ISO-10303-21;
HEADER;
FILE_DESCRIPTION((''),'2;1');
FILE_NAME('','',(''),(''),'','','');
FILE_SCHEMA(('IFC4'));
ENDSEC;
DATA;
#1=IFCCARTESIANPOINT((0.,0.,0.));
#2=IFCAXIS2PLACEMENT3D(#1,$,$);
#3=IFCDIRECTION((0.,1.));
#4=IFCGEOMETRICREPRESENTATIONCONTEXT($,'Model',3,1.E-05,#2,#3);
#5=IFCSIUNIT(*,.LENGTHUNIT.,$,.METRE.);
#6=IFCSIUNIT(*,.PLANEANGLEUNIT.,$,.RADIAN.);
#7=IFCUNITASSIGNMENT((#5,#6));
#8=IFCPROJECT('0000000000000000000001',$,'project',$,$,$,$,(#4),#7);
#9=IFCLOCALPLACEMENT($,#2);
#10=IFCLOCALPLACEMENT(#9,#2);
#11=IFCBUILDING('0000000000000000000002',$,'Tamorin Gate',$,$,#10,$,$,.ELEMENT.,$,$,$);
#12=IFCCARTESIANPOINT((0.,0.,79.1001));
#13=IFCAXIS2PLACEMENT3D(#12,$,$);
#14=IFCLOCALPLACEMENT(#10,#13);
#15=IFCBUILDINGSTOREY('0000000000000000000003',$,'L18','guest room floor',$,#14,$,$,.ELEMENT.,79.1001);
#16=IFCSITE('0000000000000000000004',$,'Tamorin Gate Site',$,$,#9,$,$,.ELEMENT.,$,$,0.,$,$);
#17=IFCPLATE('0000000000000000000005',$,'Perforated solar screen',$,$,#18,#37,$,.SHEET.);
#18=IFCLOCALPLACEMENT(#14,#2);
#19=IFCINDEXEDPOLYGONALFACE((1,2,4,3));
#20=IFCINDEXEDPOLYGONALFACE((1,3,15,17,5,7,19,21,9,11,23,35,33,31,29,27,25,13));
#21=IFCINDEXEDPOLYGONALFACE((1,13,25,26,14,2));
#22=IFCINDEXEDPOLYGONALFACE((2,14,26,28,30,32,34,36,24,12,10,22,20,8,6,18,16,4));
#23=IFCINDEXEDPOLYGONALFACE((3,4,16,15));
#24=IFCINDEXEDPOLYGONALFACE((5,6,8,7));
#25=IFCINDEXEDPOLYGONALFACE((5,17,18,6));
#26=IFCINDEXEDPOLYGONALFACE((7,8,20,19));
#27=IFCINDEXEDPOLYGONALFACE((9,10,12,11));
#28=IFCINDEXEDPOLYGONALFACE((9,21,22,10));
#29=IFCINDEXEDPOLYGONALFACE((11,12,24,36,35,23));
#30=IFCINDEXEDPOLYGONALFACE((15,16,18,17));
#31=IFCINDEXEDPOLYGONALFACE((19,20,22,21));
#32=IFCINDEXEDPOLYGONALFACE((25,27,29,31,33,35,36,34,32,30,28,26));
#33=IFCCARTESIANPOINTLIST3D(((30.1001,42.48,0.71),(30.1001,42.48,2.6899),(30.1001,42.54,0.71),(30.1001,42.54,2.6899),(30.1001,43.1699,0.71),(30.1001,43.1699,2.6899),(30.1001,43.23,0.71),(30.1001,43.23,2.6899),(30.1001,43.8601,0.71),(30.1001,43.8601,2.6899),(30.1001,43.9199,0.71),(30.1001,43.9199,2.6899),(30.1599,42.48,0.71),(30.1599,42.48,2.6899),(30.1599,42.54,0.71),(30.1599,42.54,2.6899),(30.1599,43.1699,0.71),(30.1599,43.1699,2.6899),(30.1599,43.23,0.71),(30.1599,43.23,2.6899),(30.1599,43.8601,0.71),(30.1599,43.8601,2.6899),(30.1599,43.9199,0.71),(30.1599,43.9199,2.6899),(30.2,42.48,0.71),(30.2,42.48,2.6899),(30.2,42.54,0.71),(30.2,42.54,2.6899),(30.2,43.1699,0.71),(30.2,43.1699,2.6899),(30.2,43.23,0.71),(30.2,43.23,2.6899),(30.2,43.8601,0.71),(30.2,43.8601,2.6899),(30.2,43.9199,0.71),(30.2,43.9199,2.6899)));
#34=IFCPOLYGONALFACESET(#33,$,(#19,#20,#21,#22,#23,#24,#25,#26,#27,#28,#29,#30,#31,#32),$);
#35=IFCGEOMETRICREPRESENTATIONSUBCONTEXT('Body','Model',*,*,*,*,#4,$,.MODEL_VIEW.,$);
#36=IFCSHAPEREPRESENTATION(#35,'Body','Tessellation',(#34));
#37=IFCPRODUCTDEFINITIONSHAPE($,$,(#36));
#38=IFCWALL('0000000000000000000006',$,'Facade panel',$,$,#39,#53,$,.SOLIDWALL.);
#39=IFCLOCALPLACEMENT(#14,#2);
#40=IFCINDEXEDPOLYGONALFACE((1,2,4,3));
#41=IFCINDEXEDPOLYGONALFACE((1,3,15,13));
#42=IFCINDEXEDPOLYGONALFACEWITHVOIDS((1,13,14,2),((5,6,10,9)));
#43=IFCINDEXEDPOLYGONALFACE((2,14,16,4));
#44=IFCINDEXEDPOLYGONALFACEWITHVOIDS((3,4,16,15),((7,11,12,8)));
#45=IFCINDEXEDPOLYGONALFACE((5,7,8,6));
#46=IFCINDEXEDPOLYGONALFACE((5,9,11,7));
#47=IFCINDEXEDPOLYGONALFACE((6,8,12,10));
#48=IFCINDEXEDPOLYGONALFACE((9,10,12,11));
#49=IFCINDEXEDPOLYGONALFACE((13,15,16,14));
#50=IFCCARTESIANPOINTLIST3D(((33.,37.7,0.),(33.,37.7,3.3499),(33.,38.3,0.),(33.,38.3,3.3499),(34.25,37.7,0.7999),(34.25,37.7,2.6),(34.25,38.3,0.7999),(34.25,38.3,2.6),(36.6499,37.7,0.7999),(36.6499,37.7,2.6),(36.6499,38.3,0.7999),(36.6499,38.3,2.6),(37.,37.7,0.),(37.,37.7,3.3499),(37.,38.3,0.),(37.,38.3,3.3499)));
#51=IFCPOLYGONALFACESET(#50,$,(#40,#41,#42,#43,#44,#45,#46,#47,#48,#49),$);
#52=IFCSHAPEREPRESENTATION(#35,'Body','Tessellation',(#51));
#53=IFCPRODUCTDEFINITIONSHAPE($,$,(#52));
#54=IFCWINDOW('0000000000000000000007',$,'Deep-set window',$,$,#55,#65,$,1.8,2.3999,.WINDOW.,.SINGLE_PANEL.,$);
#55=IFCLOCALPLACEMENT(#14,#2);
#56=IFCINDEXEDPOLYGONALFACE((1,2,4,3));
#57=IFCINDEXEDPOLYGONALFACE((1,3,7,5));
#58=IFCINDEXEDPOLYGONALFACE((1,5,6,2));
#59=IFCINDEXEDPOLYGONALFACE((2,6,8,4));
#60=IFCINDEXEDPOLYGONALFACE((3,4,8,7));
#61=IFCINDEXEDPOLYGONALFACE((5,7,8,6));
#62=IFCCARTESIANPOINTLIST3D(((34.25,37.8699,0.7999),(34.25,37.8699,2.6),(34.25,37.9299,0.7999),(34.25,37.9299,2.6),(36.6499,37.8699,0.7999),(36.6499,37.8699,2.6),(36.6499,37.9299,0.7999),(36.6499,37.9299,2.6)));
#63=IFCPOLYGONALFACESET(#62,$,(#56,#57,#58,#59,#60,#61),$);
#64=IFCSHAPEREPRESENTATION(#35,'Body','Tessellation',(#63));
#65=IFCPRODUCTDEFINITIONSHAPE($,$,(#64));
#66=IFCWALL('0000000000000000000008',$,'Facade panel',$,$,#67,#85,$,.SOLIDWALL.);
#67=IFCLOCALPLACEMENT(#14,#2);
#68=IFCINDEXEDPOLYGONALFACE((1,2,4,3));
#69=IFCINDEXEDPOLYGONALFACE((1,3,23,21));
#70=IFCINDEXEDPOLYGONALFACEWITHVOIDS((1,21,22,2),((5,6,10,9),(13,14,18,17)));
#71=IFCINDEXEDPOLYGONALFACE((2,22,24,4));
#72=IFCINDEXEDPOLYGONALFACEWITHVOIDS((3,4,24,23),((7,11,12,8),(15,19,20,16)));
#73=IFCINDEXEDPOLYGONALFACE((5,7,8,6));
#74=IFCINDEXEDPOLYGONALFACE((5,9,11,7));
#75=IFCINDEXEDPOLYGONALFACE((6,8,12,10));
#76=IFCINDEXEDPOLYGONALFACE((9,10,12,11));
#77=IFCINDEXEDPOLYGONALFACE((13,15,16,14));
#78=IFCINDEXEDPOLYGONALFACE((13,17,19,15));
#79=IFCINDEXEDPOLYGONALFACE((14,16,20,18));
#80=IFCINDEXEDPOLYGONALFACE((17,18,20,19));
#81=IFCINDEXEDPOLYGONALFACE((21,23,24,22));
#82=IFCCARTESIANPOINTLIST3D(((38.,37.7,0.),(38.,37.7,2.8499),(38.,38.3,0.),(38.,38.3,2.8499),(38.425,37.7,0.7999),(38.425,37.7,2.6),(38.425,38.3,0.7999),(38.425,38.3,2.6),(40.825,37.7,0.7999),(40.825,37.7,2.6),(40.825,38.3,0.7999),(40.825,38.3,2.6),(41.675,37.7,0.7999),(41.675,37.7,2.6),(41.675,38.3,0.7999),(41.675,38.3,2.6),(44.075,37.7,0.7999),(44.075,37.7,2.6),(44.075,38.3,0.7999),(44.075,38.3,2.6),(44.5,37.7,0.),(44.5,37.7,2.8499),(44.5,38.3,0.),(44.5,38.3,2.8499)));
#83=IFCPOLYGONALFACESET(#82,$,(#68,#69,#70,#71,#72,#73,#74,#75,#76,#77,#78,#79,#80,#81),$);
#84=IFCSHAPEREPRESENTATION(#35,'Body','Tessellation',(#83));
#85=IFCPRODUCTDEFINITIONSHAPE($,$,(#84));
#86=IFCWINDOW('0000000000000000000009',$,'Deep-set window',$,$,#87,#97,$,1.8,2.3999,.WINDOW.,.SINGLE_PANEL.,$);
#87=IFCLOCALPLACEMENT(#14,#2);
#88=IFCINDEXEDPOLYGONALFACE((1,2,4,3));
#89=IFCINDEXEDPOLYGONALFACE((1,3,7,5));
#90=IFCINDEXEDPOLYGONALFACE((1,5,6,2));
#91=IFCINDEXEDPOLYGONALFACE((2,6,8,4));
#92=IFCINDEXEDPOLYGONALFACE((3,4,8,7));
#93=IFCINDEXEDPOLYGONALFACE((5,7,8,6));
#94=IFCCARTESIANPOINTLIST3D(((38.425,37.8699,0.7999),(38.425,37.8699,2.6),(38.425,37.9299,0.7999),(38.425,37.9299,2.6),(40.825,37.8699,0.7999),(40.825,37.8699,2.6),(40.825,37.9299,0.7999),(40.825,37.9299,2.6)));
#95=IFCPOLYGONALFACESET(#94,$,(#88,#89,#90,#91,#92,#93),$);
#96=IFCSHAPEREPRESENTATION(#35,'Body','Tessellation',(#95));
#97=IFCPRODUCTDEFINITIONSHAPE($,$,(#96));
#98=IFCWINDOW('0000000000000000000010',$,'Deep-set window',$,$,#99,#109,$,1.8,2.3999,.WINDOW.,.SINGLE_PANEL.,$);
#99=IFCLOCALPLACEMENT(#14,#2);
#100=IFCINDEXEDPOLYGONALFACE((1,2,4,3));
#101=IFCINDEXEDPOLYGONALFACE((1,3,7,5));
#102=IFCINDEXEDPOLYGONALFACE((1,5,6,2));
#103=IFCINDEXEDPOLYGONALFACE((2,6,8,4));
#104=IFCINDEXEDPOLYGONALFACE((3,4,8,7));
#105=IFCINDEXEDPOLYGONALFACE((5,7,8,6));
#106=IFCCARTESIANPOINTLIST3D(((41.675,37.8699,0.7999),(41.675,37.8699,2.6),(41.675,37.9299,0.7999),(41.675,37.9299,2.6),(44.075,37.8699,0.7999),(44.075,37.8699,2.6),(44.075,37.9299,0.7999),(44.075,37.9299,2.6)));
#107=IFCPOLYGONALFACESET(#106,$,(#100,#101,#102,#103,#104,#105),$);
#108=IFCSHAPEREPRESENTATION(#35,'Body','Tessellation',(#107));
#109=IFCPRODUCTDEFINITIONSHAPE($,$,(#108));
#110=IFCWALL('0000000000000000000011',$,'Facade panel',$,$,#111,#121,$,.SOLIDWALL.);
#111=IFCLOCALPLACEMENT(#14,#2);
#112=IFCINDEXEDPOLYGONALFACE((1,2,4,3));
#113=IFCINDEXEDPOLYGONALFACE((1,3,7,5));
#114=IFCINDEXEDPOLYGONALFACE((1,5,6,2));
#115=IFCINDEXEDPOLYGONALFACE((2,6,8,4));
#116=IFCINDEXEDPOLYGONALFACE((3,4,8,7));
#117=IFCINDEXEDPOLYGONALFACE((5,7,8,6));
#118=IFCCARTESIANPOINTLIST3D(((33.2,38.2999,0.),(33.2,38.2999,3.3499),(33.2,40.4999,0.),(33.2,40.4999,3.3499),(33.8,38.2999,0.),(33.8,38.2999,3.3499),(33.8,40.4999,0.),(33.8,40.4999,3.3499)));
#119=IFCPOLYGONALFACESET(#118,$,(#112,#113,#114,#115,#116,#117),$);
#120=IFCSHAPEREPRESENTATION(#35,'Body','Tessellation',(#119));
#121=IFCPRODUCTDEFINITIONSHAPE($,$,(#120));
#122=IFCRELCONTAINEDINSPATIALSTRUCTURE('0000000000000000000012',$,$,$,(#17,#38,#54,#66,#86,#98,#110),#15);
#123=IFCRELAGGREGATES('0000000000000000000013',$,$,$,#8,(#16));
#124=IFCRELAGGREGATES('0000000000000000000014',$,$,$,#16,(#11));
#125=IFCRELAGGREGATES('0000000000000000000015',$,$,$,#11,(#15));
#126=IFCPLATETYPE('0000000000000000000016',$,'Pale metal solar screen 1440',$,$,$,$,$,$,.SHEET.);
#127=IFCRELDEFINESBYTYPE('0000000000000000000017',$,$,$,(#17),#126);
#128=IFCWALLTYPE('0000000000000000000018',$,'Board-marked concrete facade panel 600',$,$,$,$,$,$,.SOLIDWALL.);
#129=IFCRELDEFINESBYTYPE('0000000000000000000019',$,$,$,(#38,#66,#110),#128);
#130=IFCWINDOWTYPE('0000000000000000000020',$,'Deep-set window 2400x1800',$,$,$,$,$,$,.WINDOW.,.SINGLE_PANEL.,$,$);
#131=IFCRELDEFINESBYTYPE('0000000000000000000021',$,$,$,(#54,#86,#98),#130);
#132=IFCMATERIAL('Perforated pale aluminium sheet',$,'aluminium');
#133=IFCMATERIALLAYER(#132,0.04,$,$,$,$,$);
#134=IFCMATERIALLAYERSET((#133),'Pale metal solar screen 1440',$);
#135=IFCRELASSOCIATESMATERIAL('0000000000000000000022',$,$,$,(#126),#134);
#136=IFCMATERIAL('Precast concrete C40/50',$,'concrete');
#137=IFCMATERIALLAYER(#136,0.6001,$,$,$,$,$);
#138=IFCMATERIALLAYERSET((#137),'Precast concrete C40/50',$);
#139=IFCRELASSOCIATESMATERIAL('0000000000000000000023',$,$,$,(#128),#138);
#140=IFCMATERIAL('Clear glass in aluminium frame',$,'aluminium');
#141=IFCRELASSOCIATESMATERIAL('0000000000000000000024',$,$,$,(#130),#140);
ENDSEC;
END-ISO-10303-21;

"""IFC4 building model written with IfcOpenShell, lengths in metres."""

from ifc_helpers import new_model, si_unit, direction, frame, frame_2d, origin, place, context, subcontext, project, spatial, polyline, rectangle, outline, extrude, material, layer, layer_set, type_object, element, fill, save


model = new_model("IFC4")

# Units and contexts
model_context = context("Model", 3, precision=1e-05, world=origin(), true_north=direction((0.0, 1.0)))
body_context = subcontext(model_context, "Body", "Model", "MODEL_VIEW")
ifc_project = project(units=[si_unit("LENGTHUNIT", "METRE"), si_unit("PLANEANGLEUNIT", "RADIAN")], contexts=[model_context])

# Site, building, storey
site_placement = place(None, origin())
site = spatial("IfcSite", under=ifc_project, at=site_placement, Name="Tamorin Gate Site", CompositionType="ELEMENT", RefElevation=0.0)
building_placement = place(site_placement, origin())
building = spatial("IfcBuilding", under=site, at=building_placement, Name="Tamorin Gate", CompositionType="ELEMENT")
storey_placement = place(building_placement, frame((0.0, 0.0, 79.1001)))
storey = spatial("IfcBuildingStorey", under=building, at=storey_placement, Name="L18", Description="guest room floor", CompositionType="ELEMENT", Elevation=79.1001)

# Plate
ifc_material_1 = material(Name="Perforated pale aluminium sheet", Category="aluminium")
ifc_layer_1 = layer(ifc_material_1, 0.04)
ifc_layer_set_1 = layer_set([ifc_layer_1], Name="Pale metal solar screen 1440")
plate_type = type_object("IfcPlateType", Name="Pale metal solar screen 1440", PredefinedType="SHEET", material=ifc_layer_set_1)
plate_1_placement = place(storey_placement, frame((0.0, 0.0, 0.71)))
element("IfcPlate", 1, at=plate_1_placement, inside=storey, type_object=plate_type, Name="Perforated solar screen", PredefinedType="SHEET", context=body_context, shape_type="SweptSolid", body=[
    extrude(outline(polyline([(30.1599, 43.9199), (30.2, 43.9199), (30.2, 43.8601), (30.2, 43.23), (30.2, 43.1699), (30.2, 42.54), (30.2, 42.48), (30.1599, 42.48), (30.1001, 42.48), (30.1001, 42.54), (30.1599, 42.54), (30.1599, 43.1699), (30.1001, 43.1699), (30.1001, 43.23), (30.1599, 43.23), (30.1599, 43.8601), (30.1001, 43.8601), (30.1001, 43.9199), (30.1599, 43.9199)])), origin(), (0.0, 0.0, 1.0), 1.98),
])

# Wall, opening, window
ifc_material_2 = material(Name="Precast concrete C40/50", Category="concrete")
ifc_layer_2 = layer(ifc_material_2, 0.6001)
ifc_layer_set_2 = layer_set([ifc_layer_2], Name="Precast concrete C40/50")
wall_type = type_object("IfcWallType", Name="Board-marked concrete facade panel 600", PredefinedType="SOLIDWALL", material=ifc_layer_set_2)
wall_1_placement = place(storey_placement, frame((33.0, 38.0, 0.0), z_axis=(0.0, 0.0, 1.0), x_axis=(1.0, 0.0, 0.0)))
wall_1 = element("IfcWall", 2, at=wall_1_placement, inside=storey, type_object=wall_type, Name="Facade panel", PredefinedType="SOLIDWALL", context=body_context, shape_type="SweptSolid", body=[
    extrude(rectangle(XDim=4.0, YDim=0.6001, at=frame_2d((2.0, 0.0))), origin(), (0.0, 0.0, 1.0), 3.3499),
])
opening_1_placement = place(wall_1_placement, frame((1.25, 0.0, 0.8)))
opening_1 = element("IfcOpeningElement", 3, at=opening_1_placement, cuts=wall_1, PredefinedType="OPENING", context=body_context, shape_type="SweptSolid", body=[
    extrude(rectangle(XDim=2.3999, YDim=1.8, at=frame_2d((1.2, 0.8999))), frame((0.0, 0.3101, 0.0), z_axis=(0.0, -1.0, 0.0), x_axis=(1.0, 0.0, 0.0)), (0.0, 0.0, 1.0), 0.6201),
])
ifc_material_3 = material(Name="Clear glass in aluminium frame", Category="aluminium")
window_type = type_object("IfcWindowType", Name="Deep-set window 2400x1800", PartitioningType="SINGLE_PANEL", PredefinedType="WINDOW", material=ifc_material_3)
window_1_placement = place(opening_1_placement, origin())
window_1 = element("IfcWindow", 4, at=window_1_placement, inside=storey, type_object=window_type, Name="Deep-set window", OverallHeight=1.8, OverallWidth=2.3999, PartitioningType="SINGLE_PANEL", PredefinedType="WINDOW", context=body_context, shape_type="SweptSolid", body=[
    extrude(rectangle(XDim=2.3999, YDim=1.8, at=frame_2d((1.2, 0.8999))), frame((0.0, -0.0701, 0.0), z_axis=(0.0, -1.0, 0.0), x_axis=(1.0, 0.0, 0.0)), (0.0, 0.0, 1.0), 0.0601),
])
fill(opening_1, window_1)

# Wall, openings, windows
wall_2_placement = place(storey_placement, frame((38.0, 38.0, 0.0), z_axis=(0.0, 0.0, 1.0), x_axis=(1.0, 0.0, 0.0)))
wall_2 = element("IfcWall", 5, at=wall_2_placement, inside=storey, type_object=wall_type, Name="Facade panel", PredefinedType="SOLIDWALL", context=body_context, shape_type="SweptSolid", body=[
    extrude(rectangle(XDim=6.5, YDim=0.6001, at=frame_2d((3.25, 0.0))), origin(), (0.0, 0.0, 1.0), 2.8499),
])
opening_2_placement = place(wall_2_placement, frame((0.425, 0.0, 0.8)))
opening_2 = element("IfcOpeningElement", 6, at=opening_2_placement, cuts=wall_2, PredefinedType="OPENING", context=body_context, shape_type="SweptSolid", body=[
    extrude(rectangle(XDim=2.3999, YDim=1.8, at=frame_2d((1.2, 0.8999))), frame((0.0, 0.3101, 0.0), z_axis=(0.0, -1.0, 0.0), x_axis=(1.0, 0.0, 0.0)), (0.0, 0.0, 1.0), 0.6201),
])
opening_3_placement = place(wall_2_placement, frame((3.675, 0.0, 0.8)))
opening_3 = element("IfcOpeningElement", 7, at=opening_3_placement, cuts=wall_2, PredefinedType="OPENING", context=body_context, shape_type="SweptSolid", body=[
    extrude(rectangle(XDim=2.3999, YDim=1.8, at=frame_2d((1.2, 0.8999))), frame((0.0, 0.3101, 0.0), z_axis=(0.0, -1.0, 0.0), x_axis=(1.0, 0.0, 0.0)), (0.0, 0.0, 1.0), 0.6201),
])
window_2_placement = place(opening_2_placement, origin())
window_2 = element("IfcWindow", 8, at=window_2_placement, inside=storey, type_object=window_type, Name="Deep-set window", OverallHeight=1.8, OverallWidth=2.3999, PartitioningType="SINGLE_PANEL", PredefinedType="WINDOW", context=body_context, shape_type="SweptSolid", body=[
    extrude(rectangle(XDim=2.3999, YDim=1.8, at=frame_2d((1.2, 0.8999))), frame((0.0, -0.0701, 0.0), z_axis=(0.0, -1.0, 0.0), x_axis=(1.0, 0.0, 0.0)), (0.0, 0.0, 1.0), 0.0601),
])
fill(opening_2, window_2)
window_3_placement = place(opening_3_placement, origin())
window_3 = element("IfcWindow", 9, at=window_3_placement, inside=storey, type_object=window_type, Name="Deep-set window", OverallHeight=1.8, OverallWidth=2.3999, PartitioningType="SINGLE_PANEL", PredefinedType="WINDOW", context=body_context, shape_type="SweptSolid", body=[
    extrude(rectangle(XDim=2.3999, YDim=1.8, at=frame_2d((1.2, 0.8999))), frame((0.0, -0.0701, 0.0), z_axis=(0.0, -1.0, 0.0), x_axis=(1.0, 0.0, 0.0)), (0.0, 0.0, 1.0), 0.0601),
])
fill(opening_3, window_3)

# Wall
wall_3_placement = place(storey_placement, frame((33.5, 40.5, 0.0), z_axis=(0.0, 0.0, 1.0), x_axis=(0.0, -1.0, 0.0)))
element("IfcWall", 10, at=wall_3_placement, inside=storey, type_object=wall_type, Name="Facade panel", PredefinedType="SOLIDWALL", context=body_context, shape_type="SweptSolid", body=[
    extrude(rectangle(XDim=2.2, YDim=0.6001, at=frame_2d((1.1001, 0.0))), origin(), (0.0, 0.0, 1.0), 3.3499),
])

save(model, "model.ifc")
